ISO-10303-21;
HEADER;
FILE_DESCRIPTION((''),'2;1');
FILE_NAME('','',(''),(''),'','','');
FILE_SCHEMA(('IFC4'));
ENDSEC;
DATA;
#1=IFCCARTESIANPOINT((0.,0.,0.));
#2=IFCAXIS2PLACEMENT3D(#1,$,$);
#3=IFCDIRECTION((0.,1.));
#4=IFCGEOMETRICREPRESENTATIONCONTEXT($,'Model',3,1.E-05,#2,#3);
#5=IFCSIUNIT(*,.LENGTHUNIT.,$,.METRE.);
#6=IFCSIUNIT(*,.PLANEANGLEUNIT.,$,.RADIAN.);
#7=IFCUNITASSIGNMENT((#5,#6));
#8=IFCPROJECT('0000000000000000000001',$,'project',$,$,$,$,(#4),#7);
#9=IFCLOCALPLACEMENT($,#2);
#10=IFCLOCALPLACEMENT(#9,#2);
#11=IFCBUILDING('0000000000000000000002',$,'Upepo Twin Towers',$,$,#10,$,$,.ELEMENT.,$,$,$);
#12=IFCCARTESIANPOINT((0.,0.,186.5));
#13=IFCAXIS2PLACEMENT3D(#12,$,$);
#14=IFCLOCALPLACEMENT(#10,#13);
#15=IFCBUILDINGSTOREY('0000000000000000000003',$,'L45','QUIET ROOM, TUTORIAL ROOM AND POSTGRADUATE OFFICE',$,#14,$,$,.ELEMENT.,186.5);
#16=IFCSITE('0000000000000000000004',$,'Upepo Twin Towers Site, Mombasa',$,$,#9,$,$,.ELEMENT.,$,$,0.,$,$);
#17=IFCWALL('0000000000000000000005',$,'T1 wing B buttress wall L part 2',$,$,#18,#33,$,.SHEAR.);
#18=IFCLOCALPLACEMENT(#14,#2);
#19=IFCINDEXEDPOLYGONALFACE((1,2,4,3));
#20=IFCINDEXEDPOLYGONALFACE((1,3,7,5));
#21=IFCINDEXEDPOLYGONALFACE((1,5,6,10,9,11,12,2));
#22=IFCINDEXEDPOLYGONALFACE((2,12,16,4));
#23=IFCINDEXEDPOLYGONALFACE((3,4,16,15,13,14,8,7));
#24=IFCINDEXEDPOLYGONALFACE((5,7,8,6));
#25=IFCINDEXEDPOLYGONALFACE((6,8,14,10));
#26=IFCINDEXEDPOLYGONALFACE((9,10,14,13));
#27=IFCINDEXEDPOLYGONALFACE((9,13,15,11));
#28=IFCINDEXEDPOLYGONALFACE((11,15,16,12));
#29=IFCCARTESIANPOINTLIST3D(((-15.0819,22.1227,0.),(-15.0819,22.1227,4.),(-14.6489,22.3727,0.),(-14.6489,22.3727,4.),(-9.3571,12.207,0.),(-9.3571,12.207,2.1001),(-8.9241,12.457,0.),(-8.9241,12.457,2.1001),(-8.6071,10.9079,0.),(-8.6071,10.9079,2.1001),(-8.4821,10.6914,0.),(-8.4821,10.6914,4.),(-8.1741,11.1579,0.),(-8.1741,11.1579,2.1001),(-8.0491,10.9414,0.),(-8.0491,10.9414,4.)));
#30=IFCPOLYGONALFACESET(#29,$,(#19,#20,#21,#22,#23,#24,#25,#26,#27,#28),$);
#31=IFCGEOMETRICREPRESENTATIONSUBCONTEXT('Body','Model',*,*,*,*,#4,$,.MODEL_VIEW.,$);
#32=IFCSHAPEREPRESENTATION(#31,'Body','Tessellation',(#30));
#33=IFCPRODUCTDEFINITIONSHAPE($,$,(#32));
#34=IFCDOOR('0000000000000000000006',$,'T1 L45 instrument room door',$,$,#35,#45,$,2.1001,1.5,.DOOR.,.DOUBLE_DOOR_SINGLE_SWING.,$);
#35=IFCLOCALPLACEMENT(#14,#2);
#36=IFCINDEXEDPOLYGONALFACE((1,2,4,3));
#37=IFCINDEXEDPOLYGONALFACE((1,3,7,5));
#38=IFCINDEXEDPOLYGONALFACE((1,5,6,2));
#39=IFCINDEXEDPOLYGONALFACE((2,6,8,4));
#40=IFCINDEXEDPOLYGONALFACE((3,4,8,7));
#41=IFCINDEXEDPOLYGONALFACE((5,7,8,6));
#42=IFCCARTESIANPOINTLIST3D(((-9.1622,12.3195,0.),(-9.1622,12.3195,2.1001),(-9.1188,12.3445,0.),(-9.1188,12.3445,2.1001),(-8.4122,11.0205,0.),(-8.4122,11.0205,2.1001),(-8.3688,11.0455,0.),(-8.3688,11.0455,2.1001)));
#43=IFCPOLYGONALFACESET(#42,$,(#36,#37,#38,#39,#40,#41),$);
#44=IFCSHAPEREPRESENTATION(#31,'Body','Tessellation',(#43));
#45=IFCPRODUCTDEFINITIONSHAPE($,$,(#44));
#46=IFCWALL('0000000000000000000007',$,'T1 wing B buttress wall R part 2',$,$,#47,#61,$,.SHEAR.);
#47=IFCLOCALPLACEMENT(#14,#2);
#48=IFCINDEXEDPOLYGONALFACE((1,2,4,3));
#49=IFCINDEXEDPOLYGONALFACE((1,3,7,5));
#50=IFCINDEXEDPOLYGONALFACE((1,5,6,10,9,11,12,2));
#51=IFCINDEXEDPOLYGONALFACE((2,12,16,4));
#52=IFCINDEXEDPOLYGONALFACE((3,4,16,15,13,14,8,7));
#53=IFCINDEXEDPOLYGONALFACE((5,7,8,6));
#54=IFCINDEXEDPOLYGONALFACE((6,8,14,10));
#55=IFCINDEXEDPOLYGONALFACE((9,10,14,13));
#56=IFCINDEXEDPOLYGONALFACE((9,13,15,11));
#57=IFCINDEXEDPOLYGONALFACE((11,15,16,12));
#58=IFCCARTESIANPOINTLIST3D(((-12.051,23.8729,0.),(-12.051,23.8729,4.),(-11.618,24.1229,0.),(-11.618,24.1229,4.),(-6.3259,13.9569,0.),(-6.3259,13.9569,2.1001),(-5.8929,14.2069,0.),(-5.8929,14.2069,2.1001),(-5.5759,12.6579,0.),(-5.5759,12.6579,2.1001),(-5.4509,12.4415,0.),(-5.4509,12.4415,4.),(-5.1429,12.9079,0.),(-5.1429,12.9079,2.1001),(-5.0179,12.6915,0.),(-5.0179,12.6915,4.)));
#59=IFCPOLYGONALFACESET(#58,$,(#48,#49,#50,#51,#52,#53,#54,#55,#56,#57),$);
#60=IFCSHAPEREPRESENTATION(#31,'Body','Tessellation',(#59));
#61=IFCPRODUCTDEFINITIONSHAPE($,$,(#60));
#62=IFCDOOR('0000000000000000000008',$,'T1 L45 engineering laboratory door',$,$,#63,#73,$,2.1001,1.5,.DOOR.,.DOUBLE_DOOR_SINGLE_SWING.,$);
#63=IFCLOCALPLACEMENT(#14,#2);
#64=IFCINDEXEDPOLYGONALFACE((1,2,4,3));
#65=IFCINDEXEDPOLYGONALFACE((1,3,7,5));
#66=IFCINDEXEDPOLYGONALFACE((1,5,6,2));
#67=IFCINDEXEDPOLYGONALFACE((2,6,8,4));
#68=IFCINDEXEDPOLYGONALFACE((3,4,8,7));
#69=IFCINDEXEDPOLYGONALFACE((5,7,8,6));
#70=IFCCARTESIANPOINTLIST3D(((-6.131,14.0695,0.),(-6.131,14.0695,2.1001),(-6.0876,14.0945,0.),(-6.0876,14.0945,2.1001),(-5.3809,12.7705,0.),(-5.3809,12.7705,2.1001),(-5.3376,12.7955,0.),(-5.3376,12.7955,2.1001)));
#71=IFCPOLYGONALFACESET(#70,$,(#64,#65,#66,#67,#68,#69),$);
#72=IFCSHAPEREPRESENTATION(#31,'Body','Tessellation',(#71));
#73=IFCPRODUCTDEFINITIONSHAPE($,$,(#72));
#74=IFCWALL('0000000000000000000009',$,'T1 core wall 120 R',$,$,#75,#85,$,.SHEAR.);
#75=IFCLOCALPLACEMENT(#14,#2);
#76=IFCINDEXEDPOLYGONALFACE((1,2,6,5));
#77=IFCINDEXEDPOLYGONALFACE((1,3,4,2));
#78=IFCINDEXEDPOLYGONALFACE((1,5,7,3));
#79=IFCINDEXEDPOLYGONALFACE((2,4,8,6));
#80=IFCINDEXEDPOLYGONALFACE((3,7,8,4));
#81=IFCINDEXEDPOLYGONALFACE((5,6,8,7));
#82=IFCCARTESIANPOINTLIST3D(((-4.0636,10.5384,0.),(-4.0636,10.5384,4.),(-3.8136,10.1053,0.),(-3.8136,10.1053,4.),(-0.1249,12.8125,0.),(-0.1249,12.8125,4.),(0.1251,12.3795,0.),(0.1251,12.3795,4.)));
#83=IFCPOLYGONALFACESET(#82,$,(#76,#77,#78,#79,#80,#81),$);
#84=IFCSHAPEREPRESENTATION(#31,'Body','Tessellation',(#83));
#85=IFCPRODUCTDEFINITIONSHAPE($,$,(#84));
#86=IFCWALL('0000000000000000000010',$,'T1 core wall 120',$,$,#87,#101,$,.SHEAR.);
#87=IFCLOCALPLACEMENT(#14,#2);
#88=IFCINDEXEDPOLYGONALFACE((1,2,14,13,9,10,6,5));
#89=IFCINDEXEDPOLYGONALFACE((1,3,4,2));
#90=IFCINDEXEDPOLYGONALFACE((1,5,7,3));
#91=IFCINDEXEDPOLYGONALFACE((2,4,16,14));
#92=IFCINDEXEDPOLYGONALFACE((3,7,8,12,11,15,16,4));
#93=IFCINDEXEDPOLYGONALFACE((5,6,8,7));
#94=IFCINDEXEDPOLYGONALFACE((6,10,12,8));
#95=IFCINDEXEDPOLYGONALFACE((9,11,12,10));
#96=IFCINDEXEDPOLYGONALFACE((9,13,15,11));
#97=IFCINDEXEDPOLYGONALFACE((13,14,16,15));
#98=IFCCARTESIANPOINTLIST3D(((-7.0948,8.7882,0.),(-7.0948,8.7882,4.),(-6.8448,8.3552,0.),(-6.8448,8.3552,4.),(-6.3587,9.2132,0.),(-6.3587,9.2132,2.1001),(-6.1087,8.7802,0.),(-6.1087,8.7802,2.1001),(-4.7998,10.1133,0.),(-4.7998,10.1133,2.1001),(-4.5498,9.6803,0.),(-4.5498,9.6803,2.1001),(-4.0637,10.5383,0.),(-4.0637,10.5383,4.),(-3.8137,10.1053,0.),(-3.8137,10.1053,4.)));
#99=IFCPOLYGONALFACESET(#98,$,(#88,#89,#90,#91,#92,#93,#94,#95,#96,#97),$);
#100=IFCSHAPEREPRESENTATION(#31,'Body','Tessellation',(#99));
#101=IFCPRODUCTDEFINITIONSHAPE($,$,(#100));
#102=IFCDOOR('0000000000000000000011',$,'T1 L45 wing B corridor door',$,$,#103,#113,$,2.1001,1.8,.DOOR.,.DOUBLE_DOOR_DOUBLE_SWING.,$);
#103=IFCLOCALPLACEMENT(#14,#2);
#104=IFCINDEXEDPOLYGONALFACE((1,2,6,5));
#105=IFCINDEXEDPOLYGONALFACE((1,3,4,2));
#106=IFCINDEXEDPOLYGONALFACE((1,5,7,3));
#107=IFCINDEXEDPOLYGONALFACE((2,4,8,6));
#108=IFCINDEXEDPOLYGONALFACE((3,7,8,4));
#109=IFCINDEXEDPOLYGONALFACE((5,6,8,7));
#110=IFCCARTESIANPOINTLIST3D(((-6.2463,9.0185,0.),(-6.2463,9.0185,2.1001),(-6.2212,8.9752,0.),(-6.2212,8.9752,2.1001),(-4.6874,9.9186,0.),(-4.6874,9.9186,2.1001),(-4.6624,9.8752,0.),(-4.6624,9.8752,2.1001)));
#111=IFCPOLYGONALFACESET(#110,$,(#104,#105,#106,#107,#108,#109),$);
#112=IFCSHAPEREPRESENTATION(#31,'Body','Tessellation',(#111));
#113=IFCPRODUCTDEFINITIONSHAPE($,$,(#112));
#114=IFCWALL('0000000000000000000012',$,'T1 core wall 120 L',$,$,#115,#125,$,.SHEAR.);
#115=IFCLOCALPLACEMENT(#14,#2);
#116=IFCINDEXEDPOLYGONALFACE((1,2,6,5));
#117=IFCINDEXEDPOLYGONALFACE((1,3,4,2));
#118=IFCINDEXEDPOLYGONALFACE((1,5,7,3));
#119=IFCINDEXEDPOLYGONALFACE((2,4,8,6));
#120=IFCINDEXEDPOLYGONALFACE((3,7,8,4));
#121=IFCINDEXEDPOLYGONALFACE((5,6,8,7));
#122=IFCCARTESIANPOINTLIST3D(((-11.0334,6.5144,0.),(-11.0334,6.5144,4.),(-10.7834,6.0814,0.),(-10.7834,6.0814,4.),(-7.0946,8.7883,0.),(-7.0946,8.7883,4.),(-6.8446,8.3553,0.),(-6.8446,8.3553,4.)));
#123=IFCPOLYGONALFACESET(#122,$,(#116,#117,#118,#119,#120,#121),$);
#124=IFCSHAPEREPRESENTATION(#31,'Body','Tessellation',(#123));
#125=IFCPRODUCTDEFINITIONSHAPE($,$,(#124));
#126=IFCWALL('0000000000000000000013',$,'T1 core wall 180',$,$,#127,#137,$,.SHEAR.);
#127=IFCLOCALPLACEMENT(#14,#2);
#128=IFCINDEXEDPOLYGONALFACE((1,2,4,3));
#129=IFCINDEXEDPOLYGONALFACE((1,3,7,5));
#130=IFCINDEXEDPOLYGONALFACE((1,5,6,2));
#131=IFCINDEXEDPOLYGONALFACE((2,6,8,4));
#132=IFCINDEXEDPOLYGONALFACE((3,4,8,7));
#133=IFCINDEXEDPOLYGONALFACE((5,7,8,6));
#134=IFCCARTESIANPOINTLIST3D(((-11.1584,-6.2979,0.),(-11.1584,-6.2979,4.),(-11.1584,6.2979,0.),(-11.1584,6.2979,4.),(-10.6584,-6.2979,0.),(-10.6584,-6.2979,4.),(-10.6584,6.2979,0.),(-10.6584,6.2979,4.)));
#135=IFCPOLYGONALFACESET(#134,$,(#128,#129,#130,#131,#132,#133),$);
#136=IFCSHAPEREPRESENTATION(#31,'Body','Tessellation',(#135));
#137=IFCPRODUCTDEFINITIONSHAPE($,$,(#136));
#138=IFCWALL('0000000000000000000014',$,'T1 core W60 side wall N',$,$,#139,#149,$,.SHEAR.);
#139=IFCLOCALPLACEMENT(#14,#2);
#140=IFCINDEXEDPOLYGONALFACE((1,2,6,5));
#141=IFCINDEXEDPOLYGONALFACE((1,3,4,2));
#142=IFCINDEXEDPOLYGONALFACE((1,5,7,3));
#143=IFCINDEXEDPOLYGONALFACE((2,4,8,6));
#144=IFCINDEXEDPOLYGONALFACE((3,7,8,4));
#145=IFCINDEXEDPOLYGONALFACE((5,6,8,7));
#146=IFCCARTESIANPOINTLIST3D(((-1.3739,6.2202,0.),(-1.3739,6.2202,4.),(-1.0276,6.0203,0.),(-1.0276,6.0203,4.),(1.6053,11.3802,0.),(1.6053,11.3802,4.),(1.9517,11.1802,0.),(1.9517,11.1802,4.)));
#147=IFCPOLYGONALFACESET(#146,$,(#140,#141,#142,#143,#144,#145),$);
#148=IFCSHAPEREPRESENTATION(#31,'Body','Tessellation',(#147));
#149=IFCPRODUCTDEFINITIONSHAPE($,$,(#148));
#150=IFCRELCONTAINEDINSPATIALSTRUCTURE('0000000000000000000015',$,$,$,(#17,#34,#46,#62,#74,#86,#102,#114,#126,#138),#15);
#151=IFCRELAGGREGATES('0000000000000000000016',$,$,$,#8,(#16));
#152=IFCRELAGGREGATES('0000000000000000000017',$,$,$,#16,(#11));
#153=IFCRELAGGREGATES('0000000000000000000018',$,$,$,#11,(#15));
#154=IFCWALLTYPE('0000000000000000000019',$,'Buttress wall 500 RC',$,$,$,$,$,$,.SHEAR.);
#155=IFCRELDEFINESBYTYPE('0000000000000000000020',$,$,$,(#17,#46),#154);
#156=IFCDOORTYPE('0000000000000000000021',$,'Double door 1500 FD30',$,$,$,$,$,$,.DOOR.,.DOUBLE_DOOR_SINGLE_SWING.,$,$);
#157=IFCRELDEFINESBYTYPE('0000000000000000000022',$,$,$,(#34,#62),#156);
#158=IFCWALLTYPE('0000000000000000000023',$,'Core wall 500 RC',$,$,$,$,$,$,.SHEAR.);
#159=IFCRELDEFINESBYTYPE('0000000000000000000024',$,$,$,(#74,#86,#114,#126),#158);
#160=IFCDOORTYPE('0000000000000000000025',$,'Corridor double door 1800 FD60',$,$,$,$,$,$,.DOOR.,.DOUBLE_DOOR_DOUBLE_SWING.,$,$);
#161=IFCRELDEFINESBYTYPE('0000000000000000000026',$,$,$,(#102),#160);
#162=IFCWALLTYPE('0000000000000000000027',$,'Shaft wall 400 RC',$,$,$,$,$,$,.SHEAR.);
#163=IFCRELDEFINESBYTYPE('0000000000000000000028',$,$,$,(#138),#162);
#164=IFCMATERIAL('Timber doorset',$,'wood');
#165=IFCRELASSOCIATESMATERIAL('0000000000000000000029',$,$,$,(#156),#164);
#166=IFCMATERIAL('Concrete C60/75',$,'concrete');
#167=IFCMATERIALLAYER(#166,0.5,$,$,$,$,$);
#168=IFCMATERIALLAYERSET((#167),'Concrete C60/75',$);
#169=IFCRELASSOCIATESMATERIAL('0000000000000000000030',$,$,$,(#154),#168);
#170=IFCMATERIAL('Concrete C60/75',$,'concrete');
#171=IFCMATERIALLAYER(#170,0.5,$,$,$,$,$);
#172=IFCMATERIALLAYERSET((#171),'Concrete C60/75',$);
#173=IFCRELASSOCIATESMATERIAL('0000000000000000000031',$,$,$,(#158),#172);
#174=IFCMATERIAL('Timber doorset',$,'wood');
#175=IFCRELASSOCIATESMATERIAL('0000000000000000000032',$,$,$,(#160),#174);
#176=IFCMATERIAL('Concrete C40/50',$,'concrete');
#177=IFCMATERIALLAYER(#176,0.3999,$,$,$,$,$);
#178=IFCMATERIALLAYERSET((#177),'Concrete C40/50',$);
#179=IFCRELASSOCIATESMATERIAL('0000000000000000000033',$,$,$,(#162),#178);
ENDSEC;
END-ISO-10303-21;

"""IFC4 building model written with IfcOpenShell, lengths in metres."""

from ifc_helpers import new_model, si_unit, direction, frame, frame_2d, origin, place, context, subcontext, project, spatial, rectangle, extrude, material, layer, layer_set, type_object, element, fill, save


model = new_model("IFC4")

# Units and contexts
model_context = context("Model", 3, precision=1e-05, world=origin(), true_north=direction((0.0, 1.0)))
body_context = subcontext(model_context, "Body", "Model", "MODEL_VIEW")
ifc_project = project(units=[si_unit("LENGTHUNIT", "METRE"), si_unit("PLANEANGLEUNIT", "RADIAN")], contexts=[model_context])

# Site, building, storey
site_placement = place(None, origin())
site = spatial("IfcSite", under=ifc_project, at=site_placement, Name="Upepo Twin Towers Site, Mombasa", CompositionType="ELEMENT", RefElevation=0.0)
building_placement = place(site_placement, origin())
building = spatial("IfcBuilding", under=site, at=building_placement, Name="Upepo Twin Towers", CompositionType="ELEMENT")
storey_placement = place(building_placement, frame((0.0, 0.0, 186.5)))
storey = spatial("IfcBuildingStorey", under=building, at=storey_placement, Name="L45", Description="QUIET ROOM, TUTORIAL ROOM AND POSTGRADUATE OFFICE", CompositionType="ELEMENT", Elevation=186.5)

# Shared definitions
ifc_material_1 = material(Name="Timber doorset", Category="wood")
door_type_1 = type_object("IfcDoorType", Name="Double door 1500 FD30", OperationType="DOUBLE_DOOR_SINGLE_SWING", PredefinedType="DOOR", material=ifc_material_1)

# Walls, openings, doors
ifc_material_2 = material(Name="Concrete C60/75", Category="concrete")
ifc_layer_1 = layer(ifc_material_2, 0.5)
ifc_layer_set_1 = layer_set([ifc_layer_1], Name="Concrete C60/75")
wall_type_1 = type_object("IfcWallType", Name="Buttress wall 500 RC", PredefinedType="SHEAR", material=ifc_layer_set_1)
wall_1_placement = place(storey_placement, frame((-8.2656, 10.8164, 0.0), z_axis=(0.0, 0.0, 1.0), x_axis=(-0.499996, 0.866028, 0.0)))
wall_1 = element("IfcWall", 1, at=wall_1_placement, inside=storey, type_object=wall_type_1, Name="T1 wing B buttress wall L part 2", PredefinedType="SHEAR", context=body_context, shape_type="SweptSolid", body=[
    extrude(rectangle(XDim=13.1997, YDim=0.5, at=frame_2d((6.5999, 0.0))), origin(), (0.0, 0.0, 1.0), 4.0),
])
opening_1_placement = place(wall_1_placement, frame((0.25, 0.0, 0.0)))
opening_1 = element("IfcOpeningElement", 2, at=opening_1_placement, cuts=wall_1, PredefinedType="OPENING", context=body_context, shape_type="SweptSolid", body=[
    extrude(rectangle(XDim=1.5, YDim=2.1001, at=frame_2d((0.75, 1.05))), frame((0.0, 0.26, 0.0), z_axis=(0.0, -1.0, 0.0), x_axis=(1.0, 0.0, 0.0)), (0.0, 0.0, 1.0), 0.52),
])
door_1_placement = place(opening_1_placement, origin())
door_1 = element("IfcDoor", 3, at=door_1_placement, inside=storey, type_object=door_type_1, Name="T1 L45 instrument room door", OperationType="DOUBLE_DOOR_SINGLE_SWING", OverallHeight=2.1001, OverallWidth=1.5, PredefinedType="DOOR", context=body_context, shape_type="SweptSolid", body=[
    extrude(rectangle(XDim=1.5, YDim=2.1001, at=frame_2d((0.75, 1.05))), frame((0.0, 0.0249, 0.0), z_axis=(0.0, -1.0, 0.0), x_axis=(1.0, 0.0, 0.0)), (0.0, 0.0, 1.0), 0.05),
])
fill(opening_1, door_1)
wall_2_placement = place(storey_placement, frame((-5.2344, 12.5664, 0.0), z_axis=(0.0, 0.0, 1.0), x_axis=(-0.50001, 0.86602, 0.0)))
wall_2 = element("IfcWall", 4, at=wall_2_placement, inside=storey, type_object=wall_type_1, Name="T1 wing B buttress wall R part 2", PredefinedType="SHEAR", context=body_context, shape_type="SweptSolid", body=[
    extrude(rectangle(XDim=13.2, YDim=0.5, at=frame_2d((6.6001, 0.0))), origin(), (0.0, 0.0, 1.0), 4.0),
])
opening_2_placement = place(wall_2_placement, frame((0.25, 0.0, 0.0)))
opening_2 = element("IfcOpeningElement", 5, at=opening_2_placement, cuts=wall_2, PredefinedType="OPENING", context=body_context, shape_type="SweptSolid", body=[
    extrude(rectangle(XDim=1.5, YDim=2.1001, at=frame_2d((0.75, 1.05))), frame((0.0, 0.26, 0.0), z_axis=(0.0, -1.0, 0.0), x_axis=(1.0, 0.0, 0.0)), (0.0, 0.0, 1.0), 0.52),
])
door_2_placement = place(opening_2_placement, origin())
door_2 = element("IfcDoor", 6, at=door_2_placement, inside=storey, type_object=door_type_1, Name="T1 L45 engineering laboratory door", OperationType="DOUBLE_DOOR_SINGLE_SWING", OverallHeight=2.1001, OverallWidth=1.5, PredefinedType="DOOR", context=body_context, shape_type="SweptSolid", body=[
    extrude(rectangle(XDim=1.5, YDim=2.1001, at=frame_2d((0.75, 1.05))), frame((0.0, 0.0249, 0.0), z_axis=(0.0, -1.0, 0.0), x_axis=(1.0, 0.0, 0.0)), (0.0, 0.0, 1.0), 0.05),
])
fill(opening_2, door_2)

# Wall
ifc_material_3 = material(Name="Concrete C60/75", Category="concrete")
ifc_layer_2 = layer(ifc_material_3, 0.5)
ifc_layer_set_2 = layer_set([ifc_layer_2], Name="Concrete C60/75")
wall_type_2 = type_object("IfcWallType", Name="Core wall 500 RC", PredefinedType="SHEAR", material=ifc_layer_set_2)
wall_3_placement = place(storey_placement, frame((0.0, 12.5959, 0.0), z_axis=(0.0, 0.0, 1.0), x_axis=(-0.866011, -0.500024, 0.0)))
element("IfcWall", 7, at=wall_3_placement, inside=storey, type_object=wall_type_2, Name="T1 core wall 120 R", PredefinedType="SHEAR", context=body_context, shape_type="SweptSolid", body=[
    extrude(rectangle(XDim=4.5481, YDim=0.5, at=frame_2d((2.2739, 0.0))), origin(), (0.0, 0.0, 1.0), 4.0),
])

# Wall, opening, door
wall_4_placement = place(storey_placement, frame((-3.9387, 10.3218, 0.0), z_axis=(0.0, 0.0, 1.0), x_axis=(-0.866019, -0.50001, 0.0)))
wall_4 = element("IfcWall", 8, at=wall_4_placement, inside=storey, type_object=wall_type_2, Name="T1 core wall 120", PredefinedType="SHEAR", context=body_context, shape_type="SweptSolid", body=[
    extrude(rectangle(XDim=3.5, YDim=0.5, at=frame_2d((1.75, 0.0))), origin(), (0.0, 0.0, 1.0), 4.0),
])
opening_3_placement = place(wall_4_placement, frame((0.8501, 0.0, 0.0)))
opening_3 = element("IfcOpeningElement", 9, at=opening_3_placement, cuts=wall_4, PredefinedType="OPENING", context=body_context, shape_type="SweptSolid", body=[
    extrude(rectangle(XDim=1.8, YDim=2.1001, at=frame_2d((0.8999, 1.05))), frame((0.0, 0.26, 0.0), z_axis=(0.0, -1.0, 0.0), x_axis=(1.0, 0.0, 0.0)), (0.0, 0.0, 1.0), 0.52),
])
ifc_material_4 = material(Name="Timber doorset", Category="wood")
door_type_2 = type_object("IfcDoorType", Name="Corridor double door 1800 FD60", OperationType="DOUBLE_DOOR_DOUBLE_SWING", PredefinedType="DOOR", material=ifc_material_4)
door_3_placement = place(opening_3_placement, origin())
door_3 = element("IfcDoor", 10, at=door_3_placement, inside=storey, type_object=door_type_2, Name="T1 L45 wing B corridor door", OperationType="DOUBLE_DOOR_DOUBLE_SWING", OverallHeight=2.1001, OverallWidth=1.8, PredefinedType="DOOR", context=body_context, shape_type="SweptSolid", body=[
    extrude(rectangle(XDim=1.8, YDim=2.1001, at=frame_2d((0.8999, 1.05))), frame((0.0, 0.0249, 0.0), z_axis=(0.0, -1.0, 0.0), x_axis=(1.0, 0.0, 0.0)), (0.0, 0.0, 1.0), 0.05),
])
fill(opening_3, door_3)

# Walls
wall_5_placement = place(storey_placement, frame((-6.9697, 8.5718, 0.0), z_axis=(0.0, 0.0, 1.0), x_axis=(-0.866035, -0.499984, 0.0)))
element("IfcWall", 11, at=wall_5_placement, inside=storey, type_object=wall_type_2, Name="T1 core wall 120 L", PredefinedType="SHEAR", context=body_context, shape_type="SweptSolid", body=[
    extrude(rectangle(XDim=4.5481, YDim=0.5, at=frame_2d((2.2739, 0.0))), origin(), (0.0, 0.0, 1.0), 4.0),
])
wall_6_placement = place(storey_placement, frame((-10.9084, 6.2979, 0.0), z_axis=(0.0, 0.0, 1.0), x_axis=(0.0, -1.0, 0.0)))
element("IfcWall", 12, at=wall_6_placement, inside=storey, type_object=wall_type_2, Name="T1 core wall 180", PredefinedType="SHEAR", context=body_context, shape_type="SweptSolid", body=[
    extrude(rectangle(XDim=12.5957, YDim=0.5, at=frame_2d((6.2979, 0.0))), origin(), (0.0, 0.0, 1.0), 4.0),
])
ifc_material_5 = material(Name="Concrete C40/50", Category="concrete")
ifc_layer_3 = layer(ifc_material_5, 0.3999)
ifc_layer_set_3 = layer_set([ifc_layer_3], Name="Concrete C40/50")
wall_type_3 = type_object("IfcWallType", Name="Shaft wall 400 RC", PredefinedType="SHEAR", material=ifc_layer_set_3)
wall_7_placement = place(storey_placement, frame((-1.2007, 6.1204, 0.0), z_axis=(0.0, 0.0, 1.0), x_axis=(0.500022, 0.866013, 0.0)))
element("IfcWall", 13, at=wall_7_placement, inside=storey, type_object=wall_type_3, Name="T1 core W60 side wall N", PredefinedType="SHEAR", context=body_context, shape_type="SweptSolid", body=[
    extrude(rectangle(XDim=5.9583, YDim=0.3999, at=frame_2d((2.979, 0.0))), origin(), (0.0, 0.0, 1.0), 4.0),
])

save(model, "model.ifc")
